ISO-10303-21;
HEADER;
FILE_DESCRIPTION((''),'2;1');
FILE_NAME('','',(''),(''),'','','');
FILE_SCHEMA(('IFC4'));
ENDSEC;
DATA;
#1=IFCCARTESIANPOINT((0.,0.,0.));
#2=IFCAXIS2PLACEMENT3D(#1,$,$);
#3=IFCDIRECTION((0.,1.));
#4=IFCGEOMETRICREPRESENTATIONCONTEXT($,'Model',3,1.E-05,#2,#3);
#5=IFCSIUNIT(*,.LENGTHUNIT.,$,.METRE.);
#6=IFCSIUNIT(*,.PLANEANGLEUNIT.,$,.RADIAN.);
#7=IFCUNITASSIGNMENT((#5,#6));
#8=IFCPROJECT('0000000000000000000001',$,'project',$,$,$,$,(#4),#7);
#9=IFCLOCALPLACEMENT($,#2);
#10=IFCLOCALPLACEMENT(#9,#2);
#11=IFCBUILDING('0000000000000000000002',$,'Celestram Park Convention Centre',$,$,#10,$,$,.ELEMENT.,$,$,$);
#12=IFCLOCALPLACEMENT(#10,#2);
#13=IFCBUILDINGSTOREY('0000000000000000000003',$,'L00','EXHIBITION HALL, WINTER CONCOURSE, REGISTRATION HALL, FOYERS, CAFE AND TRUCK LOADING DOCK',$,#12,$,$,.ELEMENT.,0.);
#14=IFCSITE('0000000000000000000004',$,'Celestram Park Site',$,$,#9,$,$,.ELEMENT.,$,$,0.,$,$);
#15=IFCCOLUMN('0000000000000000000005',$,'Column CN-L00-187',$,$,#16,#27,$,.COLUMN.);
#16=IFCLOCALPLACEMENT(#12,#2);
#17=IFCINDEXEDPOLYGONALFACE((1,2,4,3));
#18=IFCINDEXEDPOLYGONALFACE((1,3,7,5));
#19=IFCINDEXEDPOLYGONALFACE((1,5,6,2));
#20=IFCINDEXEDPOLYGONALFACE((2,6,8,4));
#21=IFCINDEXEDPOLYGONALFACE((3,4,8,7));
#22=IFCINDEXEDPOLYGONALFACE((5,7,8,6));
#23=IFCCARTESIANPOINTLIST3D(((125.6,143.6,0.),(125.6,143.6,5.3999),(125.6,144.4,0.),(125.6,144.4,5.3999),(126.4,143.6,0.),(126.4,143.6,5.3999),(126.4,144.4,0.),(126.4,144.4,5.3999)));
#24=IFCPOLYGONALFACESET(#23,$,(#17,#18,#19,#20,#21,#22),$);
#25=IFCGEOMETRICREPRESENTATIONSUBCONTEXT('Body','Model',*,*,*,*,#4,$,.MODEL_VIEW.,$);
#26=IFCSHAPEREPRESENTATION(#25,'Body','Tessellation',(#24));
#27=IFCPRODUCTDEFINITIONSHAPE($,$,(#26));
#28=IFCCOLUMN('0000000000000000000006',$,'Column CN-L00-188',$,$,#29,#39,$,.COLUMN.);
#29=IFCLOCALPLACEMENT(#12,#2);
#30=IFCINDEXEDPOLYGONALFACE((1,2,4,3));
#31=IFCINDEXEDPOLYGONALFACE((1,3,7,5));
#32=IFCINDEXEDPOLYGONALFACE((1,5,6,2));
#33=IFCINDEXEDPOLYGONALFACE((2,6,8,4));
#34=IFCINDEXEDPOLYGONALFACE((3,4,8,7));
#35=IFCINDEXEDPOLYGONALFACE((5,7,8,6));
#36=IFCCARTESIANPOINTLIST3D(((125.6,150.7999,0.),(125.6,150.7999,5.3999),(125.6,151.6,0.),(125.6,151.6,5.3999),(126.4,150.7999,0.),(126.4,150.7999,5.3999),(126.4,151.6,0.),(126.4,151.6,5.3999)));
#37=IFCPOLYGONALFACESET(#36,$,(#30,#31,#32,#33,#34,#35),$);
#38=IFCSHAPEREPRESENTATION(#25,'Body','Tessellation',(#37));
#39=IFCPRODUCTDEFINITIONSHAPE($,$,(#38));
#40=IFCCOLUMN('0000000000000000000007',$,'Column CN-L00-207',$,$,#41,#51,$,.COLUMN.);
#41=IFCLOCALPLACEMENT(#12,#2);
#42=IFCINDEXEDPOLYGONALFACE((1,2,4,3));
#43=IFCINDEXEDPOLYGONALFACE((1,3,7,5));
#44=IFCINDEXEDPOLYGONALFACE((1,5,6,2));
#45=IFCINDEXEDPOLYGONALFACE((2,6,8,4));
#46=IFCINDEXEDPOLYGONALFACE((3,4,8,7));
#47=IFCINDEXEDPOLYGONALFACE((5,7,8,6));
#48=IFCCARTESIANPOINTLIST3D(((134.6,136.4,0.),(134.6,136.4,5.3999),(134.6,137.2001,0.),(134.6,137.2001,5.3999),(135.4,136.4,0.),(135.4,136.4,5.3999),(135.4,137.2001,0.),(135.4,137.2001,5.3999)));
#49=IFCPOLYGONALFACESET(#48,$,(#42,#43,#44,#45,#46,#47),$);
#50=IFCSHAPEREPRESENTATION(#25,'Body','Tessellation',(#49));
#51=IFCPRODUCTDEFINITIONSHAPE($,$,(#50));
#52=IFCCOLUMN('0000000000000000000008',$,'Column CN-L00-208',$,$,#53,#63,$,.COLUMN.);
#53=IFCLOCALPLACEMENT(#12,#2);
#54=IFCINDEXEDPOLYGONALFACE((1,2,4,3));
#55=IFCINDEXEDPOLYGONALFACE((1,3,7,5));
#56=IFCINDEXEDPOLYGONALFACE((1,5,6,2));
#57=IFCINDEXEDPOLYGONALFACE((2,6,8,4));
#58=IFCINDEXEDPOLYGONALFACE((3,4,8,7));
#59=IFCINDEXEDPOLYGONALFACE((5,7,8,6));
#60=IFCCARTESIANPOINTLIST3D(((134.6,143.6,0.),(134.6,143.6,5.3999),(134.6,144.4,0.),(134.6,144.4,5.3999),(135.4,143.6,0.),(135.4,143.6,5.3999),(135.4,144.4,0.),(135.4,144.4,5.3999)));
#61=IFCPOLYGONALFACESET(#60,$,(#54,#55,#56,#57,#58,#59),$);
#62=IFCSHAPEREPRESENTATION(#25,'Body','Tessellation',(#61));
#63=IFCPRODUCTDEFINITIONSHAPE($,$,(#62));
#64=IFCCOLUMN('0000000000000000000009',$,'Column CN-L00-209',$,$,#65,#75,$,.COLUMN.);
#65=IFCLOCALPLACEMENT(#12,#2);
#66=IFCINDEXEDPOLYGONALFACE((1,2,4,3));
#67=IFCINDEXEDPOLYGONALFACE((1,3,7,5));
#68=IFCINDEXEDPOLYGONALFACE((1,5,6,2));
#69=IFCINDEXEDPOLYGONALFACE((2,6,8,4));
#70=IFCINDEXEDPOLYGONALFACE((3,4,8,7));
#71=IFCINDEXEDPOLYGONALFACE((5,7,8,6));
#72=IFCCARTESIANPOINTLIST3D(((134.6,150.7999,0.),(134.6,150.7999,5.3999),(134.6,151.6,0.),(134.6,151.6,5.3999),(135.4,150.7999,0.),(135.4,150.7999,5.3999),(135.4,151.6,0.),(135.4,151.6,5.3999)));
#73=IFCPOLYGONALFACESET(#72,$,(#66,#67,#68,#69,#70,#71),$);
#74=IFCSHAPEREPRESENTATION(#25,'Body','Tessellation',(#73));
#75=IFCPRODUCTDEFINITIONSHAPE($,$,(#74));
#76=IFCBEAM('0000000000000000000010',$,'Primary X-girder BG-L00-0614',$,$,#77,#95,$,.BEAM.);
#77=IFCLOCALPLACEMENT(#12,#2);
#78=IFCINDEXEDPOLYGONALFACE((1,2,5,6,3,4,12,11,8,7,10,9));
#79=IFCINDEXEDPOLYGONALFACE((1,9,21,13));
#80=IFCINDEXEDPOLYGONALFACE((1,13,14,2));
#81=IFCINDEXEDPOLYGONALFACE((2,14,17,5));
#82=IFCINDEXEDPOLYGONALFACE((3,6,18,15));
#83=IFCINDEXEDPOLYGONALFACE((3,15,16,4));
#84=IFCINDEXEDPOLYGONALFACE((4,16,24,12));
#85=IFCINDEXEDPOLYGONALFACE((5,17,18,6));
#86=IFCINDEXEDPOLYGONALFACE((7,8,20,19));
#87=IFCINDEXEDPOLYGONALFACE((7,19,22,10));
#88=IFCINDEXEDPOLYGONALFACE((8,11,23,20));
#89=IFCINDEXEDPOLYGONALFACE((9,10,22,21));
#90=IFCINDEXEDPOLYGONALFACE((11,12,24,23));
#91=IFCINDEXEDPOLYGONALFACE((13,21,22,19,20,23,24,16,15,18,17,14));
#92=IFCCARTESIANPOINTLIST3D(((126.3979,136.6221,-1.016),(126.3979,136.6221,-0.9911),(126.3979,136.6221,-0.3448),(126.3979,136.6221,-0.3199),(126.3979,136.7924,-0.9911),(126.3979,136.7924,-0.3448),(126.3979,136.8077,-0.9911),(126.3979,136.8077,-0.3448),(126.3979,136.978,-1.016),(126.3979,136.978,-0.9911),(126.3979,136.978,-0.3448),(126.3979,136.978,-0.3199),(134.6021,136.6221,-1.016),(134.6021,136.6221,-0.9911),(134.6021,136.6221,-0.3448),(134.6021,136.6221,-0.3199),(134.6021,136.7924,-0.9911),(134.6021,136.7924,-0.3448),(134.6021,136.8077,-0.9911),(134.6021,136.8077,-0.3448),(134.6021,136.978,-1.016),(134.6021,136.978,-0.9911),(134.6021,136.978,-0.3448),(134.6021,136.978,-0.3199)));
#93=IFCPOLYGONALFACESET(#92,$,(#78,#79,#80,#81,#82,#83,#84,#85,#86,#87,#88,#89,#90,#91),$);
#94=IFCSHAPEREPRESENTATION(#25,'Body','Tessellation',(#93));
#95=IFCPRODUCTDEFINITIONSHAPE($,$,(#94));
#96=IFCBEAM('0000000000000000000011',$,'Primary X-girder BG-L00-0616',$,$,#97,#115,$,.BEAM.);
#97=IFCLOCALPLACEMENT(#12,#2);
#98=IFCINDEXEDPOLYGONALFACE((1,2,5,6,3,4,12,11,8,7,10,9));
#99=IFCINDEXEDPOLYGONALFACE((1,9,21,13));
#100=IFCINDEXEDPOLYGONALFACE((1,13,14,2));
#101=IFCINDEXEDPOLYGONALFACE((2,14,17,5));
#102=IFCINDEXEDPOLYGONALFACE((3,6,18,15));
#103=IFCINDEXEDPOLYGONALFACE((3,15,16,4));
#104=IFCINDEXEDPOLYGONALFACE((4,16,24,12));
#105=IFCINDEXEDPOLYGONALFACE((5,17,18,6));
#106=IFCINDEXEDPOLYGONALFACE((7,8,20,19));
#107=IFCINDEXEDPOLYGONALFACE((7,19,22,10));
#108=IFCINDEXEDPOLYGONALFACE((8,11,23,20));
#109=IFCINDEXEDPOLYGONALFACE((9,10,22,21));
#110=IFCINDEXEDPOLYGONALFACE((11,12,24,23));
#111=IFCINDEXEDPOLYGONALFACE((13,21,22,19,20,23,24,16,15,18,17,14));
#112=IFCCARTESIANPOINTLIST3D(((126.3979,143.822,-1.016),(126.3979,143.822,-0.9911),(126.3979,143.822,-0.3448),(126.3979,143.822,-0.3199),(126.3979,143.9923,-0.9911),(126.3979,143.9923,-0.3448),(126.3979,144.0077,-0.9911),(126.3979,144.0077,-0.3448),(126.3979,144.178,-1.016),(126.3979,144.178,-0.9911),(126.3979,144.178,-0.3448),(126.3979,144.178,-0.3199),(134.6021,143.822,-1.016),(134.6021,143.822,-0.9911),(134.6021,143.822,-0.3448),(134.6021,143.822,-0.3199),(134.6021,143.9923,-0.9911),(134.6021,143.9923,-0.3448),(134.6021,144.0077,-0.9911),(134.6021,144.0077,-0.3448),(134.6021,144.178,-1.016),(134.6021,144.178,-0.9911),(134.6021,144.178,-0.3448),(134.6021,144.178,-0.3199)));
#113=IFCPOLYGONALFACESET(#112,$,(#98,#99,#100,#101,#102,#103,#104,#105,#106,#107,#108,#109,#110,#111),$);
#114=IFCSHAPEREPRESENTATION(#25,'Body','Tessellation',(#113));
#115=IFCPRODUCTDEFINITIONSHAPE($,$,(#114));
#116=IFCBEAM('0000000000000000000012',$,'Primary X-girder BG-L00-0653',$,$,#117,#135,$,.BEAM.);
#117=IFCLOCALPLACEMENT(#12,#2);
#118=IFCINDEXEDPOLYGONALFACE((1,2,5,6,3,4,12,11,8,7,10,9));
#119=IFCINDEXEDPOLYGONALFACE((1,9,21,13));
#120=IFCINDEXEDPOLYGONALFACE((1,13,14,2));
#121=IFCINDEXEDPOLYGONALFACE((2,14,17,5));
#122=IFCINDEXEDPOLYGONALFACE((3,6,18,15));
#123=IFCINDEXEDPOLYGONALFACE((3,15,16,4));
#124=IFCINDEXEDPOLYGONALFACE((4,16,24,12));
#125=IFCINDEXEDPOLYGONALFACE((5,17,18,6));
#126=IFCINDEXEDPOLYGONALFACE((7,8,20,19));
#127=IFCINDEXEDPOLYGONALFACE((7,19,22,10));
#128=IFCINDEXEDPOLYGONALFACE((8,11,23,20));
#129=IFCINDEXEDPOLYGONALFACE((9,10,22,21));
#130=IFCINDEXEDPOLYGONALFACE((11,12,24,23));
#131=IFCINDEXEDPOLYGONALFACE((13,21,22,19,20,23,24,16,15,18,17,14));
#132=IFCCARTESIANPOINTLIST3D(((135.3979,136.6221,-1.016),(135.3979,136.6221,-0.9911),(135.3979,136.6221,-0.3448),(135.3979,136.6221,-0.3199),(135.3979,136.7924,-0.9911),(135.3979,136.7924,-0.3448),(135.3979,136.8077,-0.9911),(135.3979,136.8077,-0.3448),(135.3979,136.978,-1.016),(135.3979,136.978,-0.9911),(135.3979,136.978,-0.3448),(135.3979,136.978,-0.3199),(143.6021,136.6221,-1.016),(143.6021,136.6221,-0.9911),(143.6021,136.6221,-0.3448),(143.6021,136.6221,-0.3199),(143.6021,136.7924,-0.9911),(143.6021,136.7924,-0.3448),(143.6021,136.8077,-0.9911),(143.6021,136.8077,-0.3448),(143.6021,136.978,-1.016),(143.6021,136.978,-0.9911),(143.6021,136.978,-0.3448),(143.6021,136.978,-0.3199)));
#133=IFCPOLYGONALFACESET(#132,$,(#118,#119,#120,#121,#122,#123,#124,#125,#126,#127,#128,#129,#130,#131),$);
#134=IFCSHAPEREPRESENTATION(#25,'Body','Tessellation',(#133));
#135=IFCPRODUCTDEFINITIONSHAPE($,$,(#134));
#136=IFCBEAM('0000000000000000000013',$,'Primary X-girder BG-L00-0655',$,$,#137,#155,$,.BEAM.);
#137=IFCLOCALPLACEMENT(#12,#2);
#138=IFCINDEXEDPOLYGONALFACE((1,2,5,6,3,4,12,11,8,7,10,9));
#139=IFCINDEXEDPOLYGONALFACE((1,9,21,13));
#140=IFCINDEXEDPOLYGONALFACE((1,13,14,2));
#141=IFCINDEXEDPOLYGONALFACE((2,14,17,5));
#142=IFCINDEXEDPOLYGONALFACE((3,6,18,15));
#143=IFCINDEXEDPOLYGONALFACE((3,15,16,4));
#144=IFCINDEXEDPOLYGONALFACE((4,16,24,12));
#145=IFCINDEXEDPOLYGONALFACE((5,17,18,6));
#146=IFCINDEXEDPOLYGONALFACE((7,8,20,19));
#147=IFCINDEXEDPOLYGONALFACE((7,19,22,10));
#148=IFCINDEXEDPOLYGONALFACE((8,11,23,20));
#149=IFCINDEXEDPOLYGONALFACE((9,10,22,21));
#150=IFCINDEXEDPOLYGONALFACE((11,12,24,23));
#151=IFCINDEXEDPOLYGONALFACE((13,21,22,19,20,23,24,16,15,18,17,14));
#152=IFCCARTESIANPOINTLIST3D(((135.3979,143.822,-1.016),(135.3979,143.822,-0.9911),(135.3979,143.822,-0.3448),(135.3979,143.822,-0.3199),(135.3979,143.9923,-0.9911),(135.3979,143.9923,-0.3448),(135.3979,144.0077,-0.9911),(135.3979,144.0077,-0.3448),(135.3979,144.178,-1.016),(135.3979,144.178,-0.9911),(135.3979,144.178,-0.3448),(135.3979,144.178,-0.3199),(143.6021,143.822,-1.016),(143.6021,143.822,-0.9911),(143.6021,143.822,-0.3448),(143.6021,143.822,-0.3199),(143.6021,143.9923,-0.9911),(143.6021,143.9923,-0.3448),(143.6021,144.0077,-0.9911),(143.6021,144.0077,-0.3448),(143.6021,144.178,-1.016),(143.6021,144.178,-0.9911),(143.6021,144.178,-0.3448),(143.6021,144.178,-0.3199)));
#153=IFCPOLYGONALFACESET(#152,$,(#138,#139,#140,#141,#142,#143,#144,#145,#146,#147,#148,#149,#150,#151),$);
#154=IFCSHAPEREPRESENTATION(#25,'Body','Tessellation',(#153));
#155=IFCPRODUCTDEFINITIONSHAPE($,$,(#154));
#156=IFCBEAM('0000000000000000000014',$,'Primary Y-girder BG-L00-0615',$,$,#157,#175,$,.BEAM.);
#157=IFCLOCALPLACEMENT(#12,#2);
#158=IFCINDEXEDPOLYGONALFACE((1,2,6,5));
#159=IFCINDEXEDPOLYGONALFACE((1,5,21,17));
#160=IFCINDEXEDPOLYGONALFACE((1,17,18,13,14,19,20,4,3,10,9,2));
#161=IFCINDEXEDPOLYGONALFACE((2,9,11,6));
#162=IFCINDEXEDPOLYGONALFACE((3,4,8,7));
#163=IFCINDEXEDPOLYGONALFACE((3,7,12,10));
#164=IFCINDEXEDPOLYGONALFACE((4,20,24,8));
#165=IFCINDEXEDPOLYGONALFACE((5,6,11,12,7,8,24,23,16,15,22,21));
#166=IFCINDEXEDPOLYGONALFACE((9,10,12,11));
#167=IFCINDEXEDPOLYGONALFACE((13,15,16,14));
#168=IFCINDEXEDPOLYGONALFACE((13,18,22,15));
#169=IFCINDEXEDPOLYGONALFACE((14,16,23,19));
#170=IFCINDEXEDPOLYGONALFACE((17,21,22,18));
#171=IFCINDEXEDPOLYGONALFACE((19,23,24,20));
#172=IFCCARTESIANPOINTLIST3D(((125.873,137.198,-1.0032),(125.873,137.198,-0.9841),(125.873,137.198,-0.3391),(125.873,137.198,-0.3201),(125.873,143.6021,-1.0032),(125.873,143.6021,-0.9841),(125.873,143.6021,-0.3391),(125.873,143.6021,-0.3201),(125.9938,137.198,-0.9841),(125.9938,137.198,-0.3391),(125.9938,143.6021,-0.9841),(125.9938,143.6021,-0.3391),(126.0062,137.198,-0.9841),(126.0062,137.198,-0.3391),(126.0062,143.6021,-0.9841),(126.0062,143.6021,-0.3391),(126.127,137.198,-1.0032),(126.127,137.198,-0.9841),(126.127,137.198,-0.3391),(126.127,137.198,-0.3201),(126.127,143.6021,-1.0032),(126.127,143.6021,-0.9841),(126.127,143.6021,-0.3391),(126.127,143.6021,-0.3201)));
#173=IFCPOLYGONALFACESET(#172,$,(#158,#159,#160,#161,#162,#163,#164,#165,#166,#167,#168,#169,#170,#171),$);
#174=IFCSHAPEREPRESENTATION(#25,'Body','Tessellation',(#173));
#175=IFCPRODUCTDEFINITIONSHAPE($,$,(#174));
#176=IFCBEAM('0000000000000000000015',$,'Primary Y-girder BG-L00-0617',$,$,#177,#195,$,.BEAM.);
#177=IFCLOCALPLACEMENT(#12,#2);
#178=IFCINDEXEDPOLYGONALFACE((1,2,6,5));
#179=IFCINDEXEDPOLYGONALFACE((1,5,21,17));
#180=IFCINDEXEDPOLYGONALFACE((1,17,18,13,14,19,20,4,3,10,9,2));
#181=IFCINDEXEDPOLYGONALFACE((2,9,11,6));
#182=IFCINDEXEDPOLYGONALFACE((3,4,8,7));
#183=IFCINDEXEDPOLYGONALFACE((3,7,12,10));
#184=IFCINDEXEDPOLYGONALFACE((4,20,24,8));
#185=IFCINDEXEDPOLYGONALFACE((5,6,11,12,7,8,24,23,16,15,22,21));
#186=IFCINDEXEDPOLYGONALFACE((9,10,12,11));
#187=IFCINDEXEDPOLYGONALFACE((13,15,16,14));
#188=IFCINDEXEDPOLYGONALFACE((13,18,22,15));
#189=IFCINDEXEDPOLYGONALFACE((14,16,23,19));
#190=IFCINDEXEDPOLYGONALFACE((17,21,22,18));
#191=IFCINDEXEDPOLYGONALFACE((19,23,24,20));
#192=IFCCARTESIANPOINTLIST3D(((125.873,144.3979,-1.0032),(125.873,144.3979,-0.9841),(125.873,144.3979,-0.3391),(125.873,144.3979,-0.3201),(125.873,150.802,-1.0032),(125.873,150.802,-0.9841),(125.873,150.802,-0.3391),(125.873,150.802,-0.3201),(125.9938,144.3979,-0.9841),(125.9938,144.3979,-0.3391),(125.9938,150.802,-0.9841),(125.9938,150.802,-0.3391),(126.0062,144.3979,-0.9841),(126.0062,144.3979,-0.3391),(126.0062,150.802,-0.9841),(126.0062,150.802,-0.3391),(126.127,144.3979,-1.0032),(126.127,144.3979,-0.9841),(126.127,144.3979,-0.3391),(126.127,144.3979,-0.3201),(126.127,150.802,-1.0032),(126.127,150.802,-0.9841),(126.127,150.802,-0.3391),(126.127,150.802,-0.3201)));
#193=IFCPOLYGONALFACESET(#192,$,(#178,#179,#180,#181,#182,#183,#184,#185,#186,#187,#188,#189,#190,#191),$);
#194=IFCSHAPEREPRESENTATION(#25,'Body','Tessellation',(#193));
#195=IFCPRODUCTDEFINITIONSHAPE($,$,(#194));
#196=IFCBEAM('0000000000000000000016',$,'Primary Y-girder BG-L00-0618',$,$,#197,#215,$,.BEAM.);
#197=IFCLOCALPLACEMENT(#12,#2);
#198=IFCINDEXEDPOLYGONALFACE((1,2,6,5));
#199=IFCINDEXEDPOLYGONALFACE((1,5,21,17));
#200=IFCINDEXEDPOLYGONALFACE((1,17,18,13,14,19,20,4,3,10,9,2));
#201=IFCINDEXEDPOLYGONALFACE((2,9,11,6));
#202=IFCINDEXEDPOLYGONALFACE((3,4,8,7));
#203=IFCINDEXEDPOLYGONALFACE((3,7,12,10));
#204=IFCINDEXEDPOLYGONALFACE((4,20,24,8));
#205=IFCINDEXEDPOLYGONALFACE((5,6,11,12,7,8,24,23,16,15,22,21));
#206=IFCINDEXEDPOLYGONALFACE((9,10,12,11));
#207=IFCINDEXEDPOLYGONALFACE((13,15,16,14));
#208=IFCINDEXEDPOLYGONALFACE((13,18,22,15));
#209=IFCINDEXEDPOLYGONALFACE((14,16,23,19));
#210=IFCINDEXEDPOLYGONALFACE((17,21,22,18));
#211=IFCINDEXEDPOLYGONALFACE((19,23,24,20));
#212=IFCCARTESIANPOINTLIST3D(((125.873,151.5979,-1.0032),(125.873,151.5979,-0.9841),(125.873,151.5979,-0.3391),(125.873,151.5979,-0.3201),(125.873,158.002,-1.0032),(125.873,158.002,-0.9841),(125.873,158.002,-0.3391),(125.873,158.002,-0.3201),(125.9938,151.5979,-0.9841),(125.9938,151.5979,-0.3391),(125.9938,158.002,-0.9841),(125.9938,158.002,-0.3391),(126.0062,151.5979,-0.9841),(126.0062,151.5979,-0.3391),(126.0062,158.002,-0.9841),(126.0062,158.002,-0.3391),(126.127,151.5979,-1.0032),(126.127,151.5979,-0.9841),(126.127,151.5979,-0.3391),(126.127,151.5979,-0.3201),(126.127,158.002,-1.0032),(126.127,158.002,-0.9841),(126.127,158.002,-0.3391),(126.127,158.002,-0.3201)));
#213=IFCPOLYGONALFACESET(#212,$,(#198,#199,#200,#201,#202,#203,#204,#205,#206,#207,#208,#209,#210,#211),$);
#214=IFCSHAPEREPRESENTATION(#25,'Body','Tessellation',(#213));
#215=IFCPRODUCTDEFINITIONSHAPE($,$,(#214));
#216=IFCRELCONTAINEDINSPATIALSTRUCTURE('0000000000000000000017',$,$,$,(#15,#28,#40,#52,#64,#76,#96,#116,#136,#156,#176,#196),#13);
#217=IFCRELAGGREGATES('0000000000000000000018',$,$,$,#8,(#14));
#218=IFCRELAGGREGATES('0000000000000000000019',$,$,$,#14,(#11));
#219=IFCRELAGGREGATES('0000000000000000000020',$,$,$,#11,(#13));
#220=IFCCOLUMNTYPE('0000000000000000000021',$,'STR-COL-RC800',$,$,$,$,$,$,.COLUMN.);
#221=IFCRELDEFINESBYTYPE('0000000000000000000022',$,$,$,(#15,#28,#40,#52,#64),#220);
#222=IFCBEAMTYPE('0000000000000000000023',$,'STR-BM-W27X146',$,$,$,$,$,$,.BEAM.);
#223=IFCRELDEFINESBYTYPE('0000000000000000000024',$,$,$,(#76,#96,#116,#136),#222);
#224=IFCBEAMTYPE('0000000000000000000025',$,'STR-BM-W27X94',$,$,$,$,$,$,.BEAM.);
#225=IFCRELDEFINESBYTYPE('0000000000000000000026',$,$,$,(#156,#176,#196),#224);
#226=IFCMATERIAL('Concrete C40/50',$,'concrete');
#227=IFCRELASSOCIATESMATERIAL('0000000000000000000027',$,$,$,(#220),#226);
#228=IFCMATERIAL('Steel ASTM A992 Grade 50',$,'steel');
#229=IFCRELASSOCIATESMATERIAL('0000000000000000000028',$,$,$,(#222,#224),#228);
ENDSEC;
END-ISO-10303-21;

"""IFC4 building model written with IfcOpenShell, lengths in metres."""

from ifc_helpers import new_model, si_unit, direction, frame, origin, origin_2d, place, context, subcontext, project, spatial, rectangle, i_section, extrude, material, material_profile, profile_set, type_object, element, save


model = new_model("IFC4")

# Units and contexts
model_context = context("Model", 3, precision=1e-05, world=origin(), true_north=direction((0.0, 1.0)))
body_context = subcontext(model_context, "Body", "Model", "MODEL_VIEW")
ifc_project = project(units=[si_unit("LENGTHUNIT", "METRE"), si_unit("PLANEANGLEUNIT", "RADIAN")], contexts=[model_context])

# Site, building, storey
site_placement = place(None, origin())
site = spatial("IfcSite", under=ifc_project, at=site_placement, Name="Celestram Park Site", CompositionType="ELEMENT", RefElevation=0.0)
building_placement = place(site_placement, origin())
building = spatial("IfcBuilding", under=site, at=building_placement, Name="Celestram Park Convention Centre", CompositionType="ELEMENT")
storey_placement = place(building_placement, origin())
storey = spatial("IfcBuildingStorey", under=building, at=storey_placement, Name="L00", Description="EXHIBITION HALL, WINTER CONCOURSE, REGISTRATION HALL, FOYERS, CAFE AND TRUCK LOADING DOCK", CompositionType="ELEMENT", Elevation=0.0)

# Columns
ifc_material_1 = material(Name="Concrete C40/50", Category="concrete")
ifc_material_profile_1 = material_profile(ifc_material_1, rectangle(XDim=0.8, YDim=0.8, at=origin_2d()), Name="RC800X800")
ifc_profile_set_1 = profile_set([ifc_material_profile_1], Name="Concrete C40/50")
column_type = type_object("IfcColumnType", Name="STR-COL-RC800", PredefinedType="COLUMN", material=ifc_profile_set_1)
for number, where, z_axis, x_axis, name in (
    (1, (126.0, 144.0, 0.0), (0.0, 0.0, 1.0), (1.0, 0.0, 0.0), "Column CN-L00-187"),
    (2, (126.0, 151.2, 0.0), (0.0, 0.0, 1.0), (1.0, 0.0, 0.0), "Column CN-L00-188"),
    (3, (135.0, 136.8, 0.0), (0.0, 0.0, 1.0), (1.0, 0.0, 0.0), "Column CN-L00-207"),
    (4, (135.0, 144.0, 0.0), (0.0, 0.0, 1.0), (1.0, 0.0, 0.0), "Column CN-L00-208"),
    (5, (135.0, 151.2, 0.0), (0.0, 0.0, 1.0), (1.0, 0.0, 0.0), "Column CN-L00-209"),
):
    element("IfcColumn", number, at=place(storey_placement, frame(where, z_axis=z_axis, x_axis=x_axis)), inside=storey, type_object=column_type, Name=name, PredefinedType="COLUMN", context=body_context, shape_type="SweptSolid", body=[
        extrude(rectangle(XDim=0.8, YDim=0.8, at=origin_2d()), origin(), (0.0, 0.0, 1.0), 5.3999),
    ])

# Beams
ifc_material_2 = material(Name="Steel ASTM A992 Grade 50", Category="steel")
ifc_material_profile_2 = material_profile(ifc_material_2, i_section(OverallWidth=0.356, OverallDepth=0.696, WebThickness=0.0154, FlangeThickness=0.0249, at=origin_2d()), Name="W27X146")
ifc_profile_set_2 = profile_set([ifc_material_profile_2], Name="Steel ASTM A992 Grade 50")
beam_type_1 = type_object("IfcBeamType", Name="STR-BM-W27X146", PredefinedType="BEAM", material=ifc_profile_set_2)
for number, where, z_axis, x_axis, name in (
    (6, (126.3979, 136.8, -0.668), (1.0, 0.0, 0.0), (0.0, 1.0, 0.0), "Primary X-girder BG-L00-0614"),
    (7, (126.3979, 144.0, -0.668), (1.0, 0.0, 0.0), (0.0, 1.0, 0.0), "Primary X-girder BG-L00-0616"),
    (8, (135.3979, 136.8, -0.668), (1.0, 0.0, 0.0), (0.0, 1.0, 0.0), "Primary X-girder BG-L00-0653"),
    (9, (135.3979, 144.0, -0.668), (1.0, 0.0, 0.0), (0.0, 1.0, 0.0), "Primary X-girder BG-L00-0655"),
):
    element("IfcBeam", number, at=place(storey_placement, frame(where, z_axis=z_axis, x_axis=x_axis)), inside=storey, type_object=beam_type_1, Name=name, PredefinedType="BEAM", context=body_context, shape_type="SweptSolid", body=[
        extrude(i_section(OverallWidth=0.356, OverallDepth=0.696, WebThickness=0.0154, FlangeThickness=0.0249, at=origin_2d()), origin(), (0.0, 0.0, 1.0), 8.2041),
    ])
ifc_material_profile_3 = material_profile(ifc_material_2, i_section(OverallWidth=0.2539, OverallDepth=0.6831, WebThickness=0.0125, FlangeThickness=0.019, at=origin_2d()), Name="W27X94")
ifc_profile_set_3 = profile_set([ifc_material_profile_3], Name="Steel ASTM A992 Grade 50")
beam_type_2 = type_object("IfcBeamType", Name="STR-BM-W27X94", PredefinedType="BEAM", material=ifc_profile_set_3)
for number, where, z_axis, x_axis, name in (
    (10, (126.0, 137.198, -0.6616), (0.0, 1.0, 0.0), (-1.0, 0.0, 0.0), "Primary Y-girder BG-L00-0615"),
    (11, (126.0, 144.3979, -0.6616), (0.0, 1.0, 0.0), (-1.0, 0.0, 0.0), "Primary Y-girder BG-L00-0617"),
    (12, (126.0, 151.5979, -0.6616), (0.0, 1.0, 0.0), (-1.0, 0.0, 0.0), "Primary Y-girder BG-L00-0618"),
):
    element("IfcBeam", number, at=place(storey_placement, frame(where, z_axis=z_axis, x_axis=x_axis)), inside=storey, type_object=beam_type_2, Name=name, PredefinedType="BEAM", context=body_context, shape_type="SweptSolid", body=[
        extrude(i_section(OverallWidth=0.2539, OverallDepth=0.6831, WebThickness=0.0125, FlangeThickness=0.019, at=origin_2d()), origin(), (0.0, 0.0, 1.0), 6.4041),
    ])

save(model, "model.ifc")
